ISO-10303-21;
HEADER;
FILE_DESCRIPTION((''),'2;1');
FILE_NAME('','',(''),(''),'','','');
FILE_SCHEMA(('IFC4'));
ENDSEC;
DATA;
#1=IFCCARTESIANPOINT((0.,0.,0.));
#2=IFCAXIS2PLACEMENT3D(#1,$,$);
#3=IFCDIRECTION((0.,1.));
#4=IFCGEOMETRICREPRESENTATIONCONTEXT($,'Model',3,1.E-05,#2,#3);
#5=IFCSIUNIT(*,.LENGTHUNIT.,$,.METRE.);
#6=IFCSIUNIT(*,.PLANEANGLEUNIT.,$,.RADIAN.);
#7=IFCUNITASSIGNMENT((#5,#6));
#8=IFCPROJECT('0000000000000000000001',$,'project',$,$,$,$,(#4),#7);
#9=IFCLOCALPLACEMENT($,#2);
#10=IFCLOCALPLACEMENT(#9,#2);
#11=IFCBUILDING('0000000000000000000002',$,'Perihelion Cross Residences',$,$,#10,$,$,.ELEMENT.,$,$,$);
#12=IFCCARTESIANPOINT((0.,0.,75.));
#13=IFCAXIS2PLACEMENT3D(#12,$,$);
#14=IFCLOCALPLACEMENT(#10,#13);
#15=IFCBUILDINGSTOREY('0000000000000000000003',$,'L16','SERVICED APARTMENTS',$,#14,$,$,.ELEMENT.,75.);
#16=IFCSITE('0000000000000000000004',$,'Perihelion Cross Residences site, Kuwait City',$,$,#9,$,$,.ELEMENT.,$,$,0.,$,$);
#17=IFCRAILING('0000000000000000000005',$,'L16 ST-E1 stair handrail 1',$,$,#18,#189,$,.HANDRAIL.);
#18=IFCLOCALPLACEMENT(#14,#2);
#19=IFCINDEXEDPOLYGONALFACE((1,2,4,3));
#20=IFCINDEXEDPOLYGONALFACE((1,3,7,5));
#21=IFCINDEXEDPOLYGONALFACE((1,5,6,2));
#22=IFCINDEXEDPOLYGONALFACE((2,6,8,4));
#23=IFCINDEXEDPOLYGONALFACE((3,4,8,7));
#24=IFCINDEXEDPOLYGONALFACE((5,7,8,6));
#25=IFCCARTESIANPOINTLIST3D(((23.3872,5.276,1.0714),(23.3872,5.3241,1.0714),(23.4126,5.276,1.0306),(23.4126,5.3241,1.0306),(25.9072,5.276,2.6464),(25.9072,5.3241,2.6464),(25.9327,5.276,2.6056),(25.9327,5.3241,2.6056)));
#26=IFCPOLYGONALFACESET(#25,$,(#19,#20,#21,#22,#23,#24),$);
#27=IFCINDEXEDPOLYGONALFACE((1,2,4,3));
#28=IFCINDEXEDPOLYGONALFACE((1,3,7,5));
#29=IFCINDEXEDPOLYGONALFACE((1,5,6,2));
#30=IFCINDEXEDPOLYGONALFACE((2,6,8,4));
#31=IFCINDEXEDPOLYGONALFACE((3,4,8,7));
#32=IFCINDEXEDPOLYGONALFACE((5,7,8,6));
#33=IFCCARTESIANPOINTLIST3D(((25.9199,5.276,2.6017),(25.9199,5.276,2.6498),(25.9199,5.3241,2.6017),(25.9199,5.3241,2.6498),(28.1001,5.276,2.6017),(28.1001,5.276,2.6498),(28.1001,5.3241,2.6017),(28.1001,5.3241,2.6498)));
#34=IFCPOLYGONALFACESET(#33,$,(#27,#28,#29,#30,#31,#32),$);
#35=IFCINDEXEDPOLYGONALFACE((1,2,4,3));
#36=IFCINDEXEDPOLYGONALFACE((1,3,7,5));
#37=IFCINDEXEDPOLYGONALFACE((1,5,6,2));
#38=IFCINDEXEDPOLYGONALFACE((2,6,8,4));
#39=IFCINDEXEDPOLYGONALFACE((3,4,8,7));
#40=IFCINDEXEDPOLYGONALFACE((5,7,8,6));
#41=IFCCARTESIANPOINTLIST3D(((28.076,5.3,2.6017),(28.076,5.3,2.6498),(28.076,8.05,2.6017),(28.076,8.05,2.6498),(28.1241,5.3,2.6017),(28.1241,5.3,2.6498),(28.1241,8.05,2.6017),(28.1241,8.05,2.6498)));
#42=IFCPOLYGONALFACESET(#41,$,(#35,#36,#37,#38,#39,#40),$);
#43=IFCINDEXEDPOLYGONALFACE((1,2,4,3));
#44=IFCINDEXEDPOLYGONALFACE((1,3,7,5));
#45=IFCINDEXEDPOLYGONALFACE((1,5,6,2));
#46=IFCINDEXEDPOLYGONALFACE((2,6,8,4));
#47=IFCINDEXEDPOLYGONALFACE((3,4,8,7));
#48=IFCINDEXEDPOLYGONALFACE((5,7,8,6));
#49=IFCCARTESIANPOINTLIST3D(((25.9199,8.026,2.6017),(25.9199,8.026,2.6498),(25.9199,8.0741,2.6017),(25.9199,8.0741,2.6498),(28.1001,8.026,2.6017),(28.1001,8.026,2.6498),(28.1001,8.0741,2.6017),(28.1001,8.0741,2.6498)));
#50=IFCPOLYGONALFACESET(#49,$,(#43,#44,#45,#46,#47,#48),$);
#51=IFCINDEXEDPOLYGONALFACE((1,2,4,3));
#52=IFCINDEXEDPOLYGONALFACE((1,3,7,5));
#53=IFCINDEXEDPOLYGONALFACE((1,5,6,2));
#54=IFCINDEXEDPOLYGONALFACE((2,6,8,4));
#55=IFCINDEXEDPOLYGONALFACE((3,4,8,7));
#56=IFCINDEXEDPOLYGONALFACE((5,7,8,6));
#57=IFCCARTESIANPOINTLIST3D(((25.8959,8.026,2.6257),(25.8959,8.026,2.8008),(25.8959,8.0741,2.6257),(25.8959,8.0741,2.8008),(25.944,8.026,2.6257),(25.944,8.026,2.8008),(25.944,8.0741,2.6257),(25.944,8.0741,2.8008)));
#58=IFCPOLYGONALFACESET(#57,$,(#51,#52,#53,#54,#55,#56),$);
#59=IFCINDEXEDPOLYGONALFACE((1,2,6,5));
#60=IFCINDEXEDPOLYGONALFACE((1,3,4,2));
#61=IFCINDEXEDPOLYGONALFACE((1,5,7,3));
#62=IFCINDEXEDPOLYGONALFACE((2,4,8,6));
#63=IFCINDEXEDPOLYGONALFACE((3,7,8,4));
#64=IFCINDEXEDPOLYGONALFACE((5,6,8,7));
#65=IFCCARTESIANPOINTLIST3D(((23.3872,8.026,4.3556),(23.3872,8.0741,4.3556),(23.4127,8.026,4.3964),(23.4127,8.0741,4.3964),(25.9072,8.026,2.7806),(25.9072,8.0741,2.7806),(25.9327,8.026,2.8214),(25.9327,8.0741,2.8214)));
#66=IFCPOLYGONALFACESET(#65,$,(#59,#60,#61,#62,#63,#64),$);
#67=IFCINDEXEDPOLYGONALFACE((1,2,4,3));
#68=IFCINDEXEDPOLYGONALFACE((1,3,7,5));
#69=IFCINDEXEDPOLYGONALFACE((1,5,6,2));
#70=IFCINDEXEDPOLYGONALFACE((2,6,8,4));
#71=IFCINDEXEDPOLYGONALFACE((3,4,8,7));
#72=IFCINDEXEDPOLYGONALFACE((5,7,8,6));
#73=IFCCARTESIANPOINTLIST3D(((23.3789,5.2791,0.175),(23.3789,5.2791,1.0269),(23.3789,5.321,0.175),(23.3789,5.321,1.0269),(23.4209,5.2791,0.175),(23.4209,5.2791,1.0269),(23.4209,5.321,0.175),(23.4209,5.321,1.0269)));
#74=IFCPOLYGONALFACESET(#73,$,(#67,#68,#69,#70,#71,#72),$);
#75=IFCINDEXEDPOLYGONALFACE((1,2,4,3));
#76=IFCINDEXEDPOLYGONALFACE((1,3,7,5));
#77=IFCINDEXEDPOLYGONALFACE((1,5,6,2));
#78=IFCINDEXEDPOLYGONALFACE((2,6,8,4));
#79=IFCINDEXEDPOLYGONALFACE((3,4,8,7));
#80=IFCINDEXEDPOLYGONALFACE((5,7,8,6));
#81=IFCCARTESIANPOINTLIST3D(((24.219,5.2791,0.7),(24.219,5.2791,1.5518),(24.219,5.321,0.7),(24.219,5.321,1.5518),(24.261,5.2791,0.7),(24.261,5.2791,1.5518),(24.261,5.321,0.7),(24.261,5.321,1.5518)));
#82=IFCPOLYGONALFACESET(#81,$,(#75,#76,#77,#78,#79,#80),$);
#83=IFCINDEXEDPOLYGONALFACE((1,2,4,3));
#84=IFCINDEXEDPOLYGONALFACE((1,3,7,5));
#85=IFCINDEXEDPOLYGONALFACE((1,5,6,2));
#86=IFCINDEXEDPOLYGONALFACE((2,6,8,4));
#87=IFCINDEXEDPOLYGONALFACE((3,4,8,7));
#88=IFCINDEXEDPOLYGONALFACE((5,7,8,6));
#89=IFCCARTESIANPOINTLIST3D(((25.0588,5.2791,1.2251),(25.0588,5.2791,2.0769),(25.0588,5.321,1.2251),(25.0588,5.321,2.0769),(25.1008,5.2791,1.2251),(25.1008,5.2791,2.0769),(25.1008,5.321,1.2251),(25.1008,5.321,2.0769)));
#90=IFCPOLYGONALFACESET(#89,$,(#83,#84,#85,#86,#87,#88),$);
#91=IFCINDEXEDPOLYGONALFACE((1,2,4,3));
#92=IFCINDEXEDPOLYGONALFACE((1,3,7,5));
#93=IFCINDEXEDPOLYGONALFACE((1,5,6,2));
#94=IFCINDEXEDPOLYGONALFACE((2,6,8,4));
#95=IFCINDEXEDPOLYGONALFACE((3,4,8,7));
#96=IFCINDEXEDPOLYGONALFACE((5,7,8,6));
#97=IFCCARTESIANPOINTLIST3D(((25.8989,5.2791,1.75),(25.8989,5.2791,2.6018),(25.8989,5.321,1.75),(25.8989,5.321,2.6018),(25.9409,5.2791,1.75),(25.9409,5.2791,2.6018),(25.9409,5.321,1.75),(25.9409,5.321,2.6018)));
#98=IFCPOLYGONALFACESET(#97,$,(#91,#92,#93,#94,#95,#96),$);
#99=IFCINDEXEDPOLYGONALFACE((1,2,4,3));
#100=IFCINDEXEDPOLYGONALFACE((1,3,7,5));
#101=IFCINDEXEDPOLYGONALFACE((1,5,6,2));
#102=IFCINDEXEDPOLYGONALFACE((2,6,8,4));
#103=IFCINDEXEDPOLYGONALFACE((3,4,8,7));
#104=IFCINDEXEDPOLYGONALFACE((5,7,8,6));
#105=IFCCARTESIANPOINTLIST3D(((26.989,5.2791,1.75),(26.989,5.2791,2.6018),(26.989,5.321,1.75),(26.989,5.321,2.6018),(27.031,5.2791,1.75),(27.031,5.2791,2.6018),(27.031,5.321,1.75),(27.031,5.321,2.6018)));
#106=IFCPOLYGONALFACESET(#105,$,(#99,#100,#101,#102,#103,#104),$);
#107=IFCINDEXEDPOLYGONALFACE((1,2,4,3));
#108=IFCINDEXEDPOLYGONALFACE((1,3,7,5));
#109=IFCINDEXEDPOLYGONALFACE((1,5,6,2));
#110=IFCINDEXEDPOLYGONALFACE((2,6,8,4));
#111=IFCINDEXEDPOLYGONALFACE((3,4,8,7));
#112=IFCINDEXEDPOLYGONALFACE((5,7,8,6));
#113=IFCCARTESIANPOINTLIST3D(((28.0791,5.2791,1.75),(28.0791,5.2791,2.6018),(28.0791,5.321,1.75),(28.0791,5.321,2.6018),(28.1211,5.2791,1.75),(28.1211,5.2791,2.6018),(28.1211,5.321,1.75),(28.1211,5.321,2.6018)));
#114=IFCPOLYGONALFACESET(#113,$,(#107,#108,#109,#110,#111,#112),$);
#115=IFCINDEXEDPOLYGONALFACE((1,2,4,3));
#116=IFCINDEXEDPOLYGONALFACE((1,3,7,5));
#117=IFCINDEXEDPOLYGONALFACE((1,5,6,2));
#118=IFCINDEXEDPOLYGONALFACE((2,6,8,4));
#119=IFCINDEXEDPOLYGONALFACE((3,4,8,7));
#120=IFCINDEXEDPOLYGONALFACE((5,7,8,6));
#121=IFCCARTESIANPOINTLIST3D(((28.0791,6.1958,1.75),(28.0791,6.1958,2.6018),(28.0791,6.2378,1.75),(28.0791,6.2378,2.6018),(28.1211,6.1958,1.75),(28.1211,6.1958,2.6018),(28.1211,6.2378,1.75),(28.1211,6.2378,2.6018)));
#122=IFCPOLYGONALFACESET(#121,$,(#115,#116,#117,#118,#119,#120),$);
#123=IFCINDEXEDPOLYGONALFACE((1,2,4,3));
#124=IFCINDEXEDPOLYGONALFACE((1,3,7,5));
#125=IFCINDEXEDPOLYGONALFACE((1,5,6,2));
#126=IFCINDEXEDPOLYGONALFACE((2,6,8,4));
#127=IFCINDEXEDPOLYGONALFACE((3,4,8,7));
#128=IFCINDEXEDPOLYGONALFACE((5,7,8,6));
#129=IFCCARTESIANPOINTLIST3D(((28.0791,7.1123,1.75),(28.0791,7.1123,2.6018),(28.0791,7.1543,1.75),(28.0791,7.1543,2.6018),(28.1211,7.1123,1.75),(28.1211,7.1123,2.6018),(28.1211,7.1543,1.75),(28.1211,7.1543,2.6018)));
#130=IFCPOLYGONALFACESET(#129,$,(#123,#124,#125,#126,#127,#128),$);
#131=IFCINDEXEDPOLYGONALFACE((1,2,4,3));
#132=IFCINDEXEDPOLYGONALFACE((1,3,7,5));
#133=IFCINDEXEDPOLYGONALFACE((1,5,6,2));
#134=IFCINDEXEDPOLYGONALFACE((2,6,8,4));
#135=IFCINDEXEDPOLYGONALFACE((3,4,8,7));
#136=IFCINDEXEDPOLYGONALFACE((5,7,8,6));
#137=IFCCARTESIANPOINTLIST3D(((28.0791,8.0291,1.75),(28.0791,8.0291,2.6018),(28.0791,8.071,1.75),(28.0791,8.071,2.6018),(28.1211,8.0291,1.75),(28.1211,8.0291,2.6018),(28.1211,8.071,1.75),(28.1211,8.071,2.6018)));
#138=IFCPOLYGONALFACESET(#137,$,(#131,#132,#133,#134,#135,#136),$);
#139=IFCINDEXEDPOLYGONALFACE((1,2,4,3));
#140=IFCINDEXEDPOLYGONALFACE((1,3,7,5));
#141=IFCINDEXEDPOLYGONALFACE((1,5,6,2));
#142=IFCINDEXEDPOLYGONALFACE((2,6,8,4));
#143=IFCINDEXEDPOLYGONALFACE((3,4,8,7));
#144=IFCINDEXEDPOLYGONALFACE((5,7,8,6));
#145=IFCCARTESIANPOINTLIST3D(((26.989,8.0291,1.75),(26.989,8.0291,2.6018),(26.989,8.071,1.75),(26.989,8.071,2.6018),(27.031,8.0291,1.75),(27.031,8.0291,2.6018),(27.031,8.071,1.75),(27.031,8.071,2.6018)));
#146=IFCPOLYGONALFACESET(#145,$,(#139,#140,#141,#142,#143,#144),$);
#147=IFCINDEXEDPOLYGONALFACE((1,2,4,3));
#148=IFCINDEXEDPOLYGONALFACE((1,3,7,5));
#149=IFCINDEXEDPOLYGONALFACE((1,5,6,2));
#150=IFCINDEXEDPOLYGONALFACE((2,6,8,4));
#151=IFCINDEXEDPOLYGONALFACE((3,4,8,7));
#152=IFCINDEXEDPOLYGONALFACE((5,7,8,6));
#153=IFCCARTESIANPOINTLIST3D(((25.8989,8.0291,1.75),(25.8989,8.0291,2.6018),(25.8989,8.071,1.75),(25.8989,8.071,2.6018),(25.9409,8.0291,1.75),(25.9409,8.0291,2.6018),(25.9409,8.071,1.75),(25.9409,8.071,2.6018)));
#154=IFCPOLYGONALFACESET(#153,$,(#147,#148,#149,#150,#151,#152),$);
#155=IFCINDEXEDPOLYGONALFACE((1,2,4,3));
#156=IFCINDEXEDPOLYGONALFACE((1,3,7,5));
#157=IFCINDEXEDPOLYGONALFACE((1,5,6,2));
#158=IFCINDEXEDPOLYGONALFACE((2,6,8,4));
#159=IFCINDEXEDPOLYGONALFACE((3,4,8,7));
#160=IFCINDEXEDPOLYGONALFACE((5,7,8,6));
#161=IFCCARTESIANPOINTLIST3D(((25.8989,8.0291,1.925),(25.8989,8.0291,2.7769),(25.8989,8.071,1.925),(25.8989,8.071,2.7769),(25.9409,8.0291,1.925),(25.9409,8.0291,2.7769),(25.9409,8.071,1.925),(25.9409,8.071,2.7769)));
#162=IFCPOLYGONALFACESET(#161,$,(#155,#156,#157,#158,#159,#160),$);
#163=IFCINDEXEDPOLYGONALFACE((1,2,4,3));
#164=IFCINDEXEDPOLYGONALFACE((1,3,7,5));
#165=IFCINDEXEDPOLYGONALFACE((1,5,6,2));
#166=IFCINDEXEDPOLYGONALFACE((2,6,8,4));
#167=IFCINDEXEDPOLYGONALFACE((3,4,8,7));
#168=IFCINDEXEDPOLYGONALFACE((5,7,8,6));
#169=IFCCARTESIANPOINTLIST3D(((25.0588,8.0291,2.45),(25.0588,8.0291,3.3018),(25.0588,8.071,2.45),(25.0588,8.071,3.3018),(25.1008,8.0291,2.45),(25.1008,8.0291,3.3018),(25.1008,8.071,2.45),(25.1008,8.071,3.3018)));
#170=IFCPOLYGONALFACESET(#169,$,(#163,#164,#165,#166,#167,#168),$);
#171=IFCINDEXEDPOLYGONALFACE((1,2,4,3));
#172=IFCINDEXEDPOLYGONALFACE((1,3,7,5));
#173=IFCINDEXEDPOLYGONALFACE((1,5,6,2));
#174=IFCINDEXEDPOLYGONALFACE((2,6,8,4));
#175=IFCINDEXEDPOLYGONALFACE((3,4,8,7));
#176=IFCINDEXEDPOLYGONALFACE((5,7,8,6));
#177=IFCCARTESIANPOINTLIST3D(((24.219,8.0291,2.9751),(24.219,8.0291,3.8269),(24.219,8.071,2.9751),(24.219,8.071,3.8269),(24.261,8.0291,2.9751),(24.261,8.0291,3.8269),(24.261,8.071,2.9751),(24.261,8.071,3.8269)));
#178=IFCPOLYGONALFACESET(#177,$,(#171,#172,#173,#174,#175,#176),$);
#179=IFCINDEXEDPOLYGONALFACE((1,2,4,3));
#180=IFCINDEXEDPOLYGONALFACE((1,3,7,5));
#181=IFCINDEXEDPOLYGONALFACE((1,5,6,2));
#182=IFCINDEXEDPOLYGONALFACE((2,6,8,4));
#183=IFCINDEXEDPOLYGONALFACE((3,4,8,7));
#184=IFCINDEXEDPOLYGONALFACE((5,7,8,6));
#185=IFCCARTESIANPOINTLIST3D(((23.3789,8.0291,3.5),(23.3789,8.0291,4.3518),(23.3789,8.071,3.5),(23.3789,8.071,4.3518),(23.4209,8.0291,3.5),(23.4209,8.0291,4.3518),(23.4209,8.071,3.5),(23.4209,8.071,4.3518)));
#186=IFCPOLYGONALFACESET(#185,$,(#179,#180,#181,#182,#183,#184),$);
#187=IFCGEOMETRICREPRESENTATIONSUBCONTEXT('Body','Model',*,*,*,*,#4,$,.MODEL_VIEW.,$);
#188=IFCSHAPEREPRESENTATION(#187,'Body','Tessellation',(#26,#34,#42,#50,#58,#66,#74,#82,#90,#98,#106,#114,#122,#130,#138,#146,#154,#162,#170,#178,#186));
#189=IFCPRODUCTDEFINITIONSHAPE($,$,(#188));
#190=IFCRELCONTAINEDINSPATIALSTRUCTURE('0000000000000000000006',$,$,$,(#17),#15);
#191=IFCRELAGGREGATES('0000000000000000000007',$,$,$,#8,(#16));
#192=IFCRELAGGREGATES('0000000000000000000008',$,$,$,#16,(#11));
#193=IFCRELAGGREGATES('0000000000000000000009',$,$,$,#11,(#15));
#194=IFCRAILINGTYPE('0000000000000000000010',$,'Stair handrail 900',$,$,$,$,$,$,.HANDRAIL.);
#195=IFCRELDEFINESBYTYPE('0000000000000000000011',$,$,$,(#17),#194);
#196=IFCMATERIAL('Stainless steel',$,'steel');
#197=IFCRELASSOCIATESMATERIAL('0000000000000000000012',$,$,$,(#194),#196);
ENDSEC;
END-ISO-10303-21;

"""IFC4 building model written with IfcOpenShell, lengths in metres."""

from ifc_helpers import new_model, si_unit, direction, frame, origin, origin_2d, place, context, subcontext, project, spatial, rectangle, extrude, material, type_object, element, save


model = new_model("IFC4")

# Units and contexts
model_context = context("Model", 3, precision=1e-05, world=origin(), true_north=direction((0.0, 1.0)))
body_context = subcontext(model_context, "Body", "Model", "MODEL_VIEW")
ifc_project = project(units=[si_unit("LENGTHUNIT", "METRE"), si_unit("PLANEANGLEUNIT", "RADIAN")], contexts=[model_context])

# Site, building, storey
site_placement = place(None, origin())
site = spatial("IfcSite", under=ifc_project, at=site_placement, Name="Perihelion Cross Residences site, Kuwait City", CompositionType="ELEMENT", RefElevation=0.0)
building_placement = place(site_placement, origin())
building = spatial("IfcBuilding", under=site, at=building_placement, Name="Perihelion Cross Residences", CompositionType="ELEMENT")
storey_placement = place(building_placement, frame((0.0, 0.0, 75.0)))
storey = spatial("IfcBuildingStorey", under=building, at=storey_placement, Name="L16", Description="SERVICED APARTMENTS", CompositionType="ELEMENT", Elevation=75.0)

# Railing
ifc_material_1 = material(Name="Stainless steel", Category="steel")
railing_type_1 = type_object("IfcRailingType", Name="Stair handrail 900", PredefinedType="HANDRAIL", material=ifc_material_1)
railing_1_placement = place(storey_placement, frame((23.3999, 5.3, 0.175)))
element("IfcRailing", 1, at=railing_1_placement, inside=storey, type_object=railing_type_1, Name="L16 ST-E1 stair handrail 1", PredefinedType="HANDRAIL", context=body_context, shape_type="SweptSolid", body=[
    extrude(rectangle(XDim=0.0481, YDim=0.0481, at=origin_2d()), frame((0.0, 0.0, 0.876), z_axis=(0.848008, 0.0, 0.529984), x_axis=(0.0, 1.0, 0.0)), (0.0, 0.0, 1.0), 2.9717),
    extrude(rectangle(XDim=0.0481, YDim=0.0481, at=origin_2d()), frame((2.52, 0.0, 2.4507), z_axis=(1.0, 0.0, 0.0), x_axis=(0.0, 1.0, 0.0)), (0.0, 0.0, 1.0), 2.1802),
    extrude(rectangle(XDim=0.0481, YDim=0.0481, at=origin_2d()), frame((4.7002, 0.0, 2.4507), z_axis=(0.0, 1.0, 0.0), x_axis=(-1.0, 0.0, 0.0)), (0.0, 0.0, 1.0), 2.75),
    extrude(rectangle(XDim=0.0481, YDim=0.0481, at=origin_2d()), frame((4.7002, 2.75, 2.4507), z_axis=(-1.0, 0.0, 0.0), x_axis=(0.0, -1.0, 0.0)), (0.0, 0.0, 1.0), 2.1802),
    extrude(rectangle(XDim=0.0481, YDim=0.0481, at=origin_2d()), frame((2.52, 2.75, 2.4507), z_axis=(0.0, 0.0, 1.0), x_axis=(1.0, 0.0, 0.0)), (0.0, 0.0, 1.0), 0.175),
    extrude(rectangle(XDim=0.0481, YDim=0.0481, at=origin_2d()), frame((2.52, 2.75, 2.626), z_axis=(-0.848008, 0.0, 0.529984), x_axis=(0.0, -1.0, 0.0)), (0.0, 0.0, 1.0), 2.9717),
    extrude(rectangle(XDim=0.042, YDim=0.042, at=origin_2d()), origin(), (0.0, 0.0, 1.0), 0.8518),
    extrude(rectangle(XDim=0.042, YDim=0.042, at=origin_2d()), frame((0.8401, 0.0, 0.5249)), (0.0, 0.0, 1.0), 0.8518),
    extrude(rectangle(XDim=0.042, YDim=0.042, at=origin_2d()), frame((1.6799, 0.0, 1.05)), (0.0, 0.0, 1.0), 0.8518),
    extrude(rectangle(XDim=0.042, YDim=0.042, at=origin_2d()), frame((2.52, 0.0, 1.575)), (0.0, 0.0, 1.0), 0.8518),
    extrude(rectangle(XDim=0.042, YDim=0.042, at=origin_2d()), frame((3.6101, 0.0, 1.575)), (0.0, 0.0, 1.0), 0.8518),
    extrude(rectangle(XDim=0.042, YDim=0.042, at=origin_2d()), frame((4.7002, 0.0, 1.575)), (0.0, 0.0, 1.0), 0.8518),
    extrude(rectangle(XDim=0.042, YDim=0.042, at=origin_2d()), frame((4.7002, 0.9167, 1.575)), (0.0, 0.0, 1.0), 0.8518),
    extrude(rectangle(XDim=0.042, YDim=0.042, at=origin_2d()), frame((4.7002, 1.8333, 1.575)), (0.0, 0.0, 1.0), 0.8518),
    extrude(rectangle(XDim=0.042, YDim=0.042, at=origin_2d()), frame((4.7002, 2.75, 1.575)), (0.0, 0.0, 1.0), 0.8518),
    extrude(rectangle(XDim=0.042, YDim=0.042, at=origin_2d()), frame((3.6101, 2.75, 1.575)), (0.0, 0.0, 1.0), 0.8518),
    extrude(rectangle(XDim=0.042, YDim=0.042, at=origin_2d()), frame((2.52, 2.75, 1.575)), (0.0, 0.0, 1.0), 0.8518),
    extrude(rectangle(XDim=0.042, YDim=0.042, at=origin_2d()), frame((2.52, 2.75, 1.75)), (0.0, 0.0, 1.0), 0.8518),
    extrude(rectangle(XDim=0.042, YDim=0.042, at=origin_2d()), frame((1.6799, 2.75, 2.2749)), (0.0, 0.0, 1.0), 0.8518),
    extrude(rectangle(XDim=0.042, YDim=0.042, at=origin_2d()), frame((0.8401, 2.75, 2.8)), (0.0, 0.0, 1.0), 0.8518),
    extrude(rectangle(XDim=0.042, YDim=0.042, at=origin_2d()), frame((0.0, 2.75, 3.325)), (0.0, 0.0, 1.0), 0.8518),
])

save(model, "model.ifc")
